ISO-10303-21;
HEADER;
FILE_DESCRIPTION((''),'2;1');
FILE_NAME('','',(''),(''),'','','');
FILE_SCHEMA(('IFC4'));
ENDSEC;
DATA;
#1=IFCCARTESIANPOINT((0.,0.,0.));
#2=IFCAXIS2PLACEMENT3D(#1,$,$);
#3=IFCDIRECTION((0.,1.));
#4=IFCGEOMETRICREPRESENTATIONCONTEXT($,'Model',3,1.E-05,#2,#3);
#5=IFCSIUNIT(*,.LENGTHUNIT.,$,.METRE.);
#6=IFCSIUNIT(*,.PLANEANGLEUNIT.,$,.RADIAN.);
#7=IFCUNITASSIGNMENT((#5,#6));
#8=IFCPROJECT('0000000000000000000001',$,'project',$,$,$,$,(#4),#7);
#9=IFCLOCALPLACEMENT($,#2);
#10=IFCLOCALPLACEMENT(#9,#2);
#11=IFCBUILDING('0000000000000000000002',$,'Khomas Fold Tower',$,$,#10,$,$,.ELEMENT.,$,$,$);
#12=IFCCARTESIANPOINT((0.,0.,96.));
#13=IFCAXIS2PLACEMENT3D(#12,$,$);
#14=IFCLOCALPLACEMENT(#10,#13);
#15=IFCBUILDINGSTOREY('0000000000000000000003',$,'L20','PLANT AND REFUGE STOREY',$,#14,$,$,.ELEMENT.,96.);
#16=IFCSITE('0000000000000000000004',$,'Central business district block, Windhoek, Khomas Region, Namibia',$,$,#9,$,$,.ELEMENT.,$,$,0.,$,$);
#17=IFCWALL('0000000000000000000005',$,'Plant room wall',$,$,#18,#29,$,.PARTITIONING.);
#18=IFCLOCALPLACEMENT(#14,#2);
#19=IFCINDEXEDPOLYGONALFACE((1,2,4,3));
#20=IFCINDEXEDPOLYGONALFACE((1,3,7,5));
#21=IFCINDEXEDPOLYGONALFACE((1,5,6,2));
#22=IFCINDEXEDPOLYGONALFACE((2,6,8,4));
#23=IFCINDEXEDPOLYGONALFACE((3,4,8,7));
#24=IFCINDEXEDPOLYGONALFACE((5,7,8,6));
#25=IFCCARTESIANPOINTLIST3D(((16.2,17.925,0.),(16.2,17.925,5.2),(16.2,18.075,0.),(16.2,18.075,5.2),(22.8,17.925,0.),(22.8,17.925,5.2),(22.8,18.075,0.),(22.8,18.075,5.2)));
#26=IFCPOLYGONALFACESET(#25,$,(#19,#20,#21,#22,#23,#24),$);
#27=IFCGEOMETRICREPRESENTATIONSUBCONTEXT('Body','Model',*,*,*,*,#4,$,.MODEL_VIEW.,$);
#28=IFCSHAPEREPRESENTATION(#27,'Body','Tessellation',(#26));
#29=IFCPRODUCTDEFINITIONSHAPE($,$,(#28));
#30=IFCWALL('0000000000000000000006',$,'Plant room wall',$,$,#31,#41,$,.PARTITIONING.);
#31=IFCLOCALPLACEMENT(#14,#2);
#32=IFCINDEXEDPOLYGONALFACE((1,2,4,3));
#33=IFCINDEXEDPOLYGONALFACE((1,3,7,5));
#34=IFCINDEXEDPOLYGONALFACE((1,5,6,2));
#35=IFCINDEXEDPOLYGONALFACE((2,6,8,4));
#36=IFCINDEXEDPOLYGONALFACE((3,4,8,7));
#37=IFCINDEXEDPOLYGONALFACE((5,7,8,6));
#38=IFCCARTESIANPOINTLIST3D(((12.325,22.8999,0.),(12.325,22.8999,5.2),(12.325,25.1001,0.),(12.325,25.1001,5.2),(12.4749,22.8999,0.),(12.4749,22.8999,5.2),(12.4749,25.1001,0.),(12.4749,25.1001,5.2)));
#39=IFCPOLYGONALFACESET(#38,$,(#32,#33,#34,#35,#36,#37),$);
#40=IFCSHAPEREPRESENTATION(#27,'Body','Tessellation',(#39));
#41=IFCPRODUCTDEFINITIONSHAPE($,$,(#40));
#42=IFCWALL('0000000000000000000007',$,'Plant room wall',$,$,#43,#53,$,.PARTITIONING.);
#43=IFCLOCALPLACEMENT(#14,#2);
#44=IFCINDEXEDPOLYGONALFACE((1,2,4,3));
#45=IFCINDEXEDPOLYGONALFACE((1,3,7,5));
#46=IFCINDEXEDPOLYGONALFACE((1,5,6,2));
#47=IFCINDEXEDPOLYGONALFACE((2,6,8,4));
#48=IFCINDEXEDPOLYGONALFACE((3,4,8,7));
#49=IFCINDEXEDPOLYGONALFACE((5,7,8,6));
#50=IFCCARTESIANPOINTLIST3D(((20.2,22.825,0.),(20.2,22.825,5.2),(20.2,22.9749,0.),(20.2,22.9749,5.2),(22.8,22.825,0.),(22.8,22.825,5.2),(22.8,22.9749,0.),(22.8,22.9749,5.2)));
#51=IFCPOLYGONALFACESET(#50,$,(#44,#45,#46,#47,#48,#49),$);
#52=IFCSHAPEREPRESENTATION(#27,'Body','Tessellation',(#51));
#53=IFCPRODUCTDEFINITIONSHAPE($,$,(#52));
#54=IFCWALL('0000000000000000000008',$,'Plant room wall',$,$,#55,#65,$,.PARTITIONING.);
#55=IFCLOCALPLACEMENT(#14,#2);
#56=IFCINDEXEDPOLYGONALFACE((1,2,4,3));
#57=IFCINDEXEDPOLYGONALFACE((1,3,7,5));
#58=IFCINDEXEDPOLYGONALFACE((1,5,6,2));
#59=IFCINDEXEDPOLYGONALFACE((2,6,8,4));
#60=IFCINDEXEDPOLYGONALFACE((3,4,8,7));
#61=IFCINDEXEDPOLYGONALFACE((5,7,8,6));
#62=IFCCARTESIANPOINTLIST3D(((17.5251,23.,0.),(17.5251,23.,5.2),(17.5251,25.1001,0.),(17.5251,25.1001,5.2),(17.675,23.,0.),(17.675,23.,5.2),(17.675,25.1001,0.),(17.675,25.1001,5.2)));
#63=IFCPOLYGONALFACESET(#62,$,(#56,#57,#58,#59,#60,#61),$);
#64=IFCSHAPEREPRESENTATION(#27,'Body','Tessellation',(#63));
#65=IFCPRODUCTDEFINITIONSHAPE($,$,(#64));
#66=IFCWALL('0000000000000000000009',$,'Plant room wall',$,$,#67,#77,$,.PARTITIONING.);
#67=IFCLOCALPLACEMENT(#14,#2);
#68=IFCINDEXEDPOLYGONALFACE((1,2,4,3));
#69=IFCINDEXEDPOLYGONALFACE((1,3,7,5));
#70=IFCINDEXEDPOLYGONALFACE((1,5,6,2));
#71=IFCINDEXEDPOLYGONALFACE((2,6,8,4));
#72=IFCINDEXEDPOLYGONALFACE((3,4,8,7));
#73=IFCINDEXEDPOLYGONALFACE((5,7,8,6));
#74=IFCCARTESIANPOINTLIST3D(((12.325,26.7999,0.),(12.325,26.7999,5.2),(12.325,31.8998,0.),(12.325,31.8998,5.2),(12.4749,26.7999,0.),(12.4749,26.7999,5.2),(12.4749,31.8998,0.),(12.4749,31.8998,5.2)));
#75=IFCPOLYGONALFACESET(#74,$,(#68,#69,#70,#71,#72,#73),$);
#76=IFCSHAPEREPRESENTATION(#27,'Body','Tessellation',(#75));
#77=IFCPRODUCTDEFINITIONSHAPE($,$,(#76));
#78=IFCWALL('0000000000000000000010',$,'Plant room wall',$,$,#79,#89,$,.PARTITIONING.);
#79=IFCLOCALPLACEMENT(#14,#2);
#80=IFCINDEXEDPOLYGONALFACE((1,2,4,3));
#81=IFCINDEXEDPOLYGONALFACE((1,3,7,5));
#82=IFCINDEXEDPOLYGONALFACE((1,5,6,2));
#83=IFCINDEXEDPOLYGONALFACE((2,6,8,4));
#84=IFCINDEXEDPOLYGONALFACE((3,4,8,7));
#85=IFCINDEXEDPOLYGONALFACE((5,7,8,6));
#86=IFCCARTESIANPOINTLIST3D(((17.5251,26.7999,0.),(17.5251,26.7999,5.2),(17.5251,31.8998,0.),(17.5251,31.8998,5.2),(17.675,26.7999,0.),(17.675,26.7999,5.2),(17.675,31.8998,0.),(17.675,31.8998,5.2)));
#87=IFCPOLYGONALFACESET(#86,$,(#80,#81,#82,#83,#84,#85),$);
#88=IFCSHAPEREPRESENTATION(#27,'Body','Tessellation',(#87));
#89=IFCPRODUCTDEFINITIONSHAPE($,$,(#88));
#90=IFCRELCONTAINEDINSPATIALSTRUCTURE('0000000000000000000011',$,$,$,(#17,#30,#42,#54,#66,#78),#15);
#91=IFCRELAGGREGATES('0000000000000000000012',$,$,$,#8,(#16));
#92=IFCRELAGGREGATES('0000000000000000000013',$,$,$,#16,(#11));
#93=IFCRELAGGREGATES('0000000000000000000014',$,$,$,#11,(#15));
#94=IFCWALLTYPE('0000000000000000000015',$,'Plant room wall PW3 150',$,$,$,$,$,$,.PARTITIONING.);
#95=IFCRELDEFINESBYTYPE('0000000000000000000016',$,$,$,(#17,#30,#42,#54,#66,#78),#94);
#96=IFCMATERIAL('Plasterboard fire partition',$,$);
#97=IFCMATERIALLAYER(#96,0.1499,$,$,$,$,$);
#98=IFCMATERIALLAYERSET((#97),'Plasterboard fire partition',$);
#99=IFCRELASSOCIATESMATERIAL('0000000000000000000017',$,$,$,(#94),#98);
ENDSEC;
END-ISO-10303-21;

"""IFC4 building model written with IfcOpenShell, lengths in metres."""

from ifc_helpers import new_model, si_unit, direction, frame, frame_2d, origin, place, context, subcontext, project, spatial, rectangle, extrude, source, transform, mapped, material, layer, layer_set, type_object, element, save


model = new_model("IFC4")

# Units and contexts
model_context = context("Model", 3, precision=1e-05, world=origin(), true_north=direction((0.0, 1.0)))
body_context = subcontext(model_context, "Body", "Model", "MODEL_VIEW")
ifc_project = project(units=[si_unit("LENGTHUNIT", "METRE"), si_unit("PLANEANGLEUNIT", "RADIAN")], contexts=[model_context])

# Site, building, storey
site_placement = place(None, origin())
site = spatial("IfcSite", under=ifc_project, at=site_placement, Name="Central business district block, Windhoek, Khomas Region, Namibia", CompositionType="ELEMENT", RefElevation=0.0)
building_placement = place(site_placement, origin())
building = spatial("IfcBuilding", under=site, at=building_placement, Name="Khomas Fold Tower", CompositionType="ELEMENT")
storey_placement = place(building_placement, frame((0.0, 0.0, 96.0)))
storey = spatial("IfcBuildingStorey", under=building, at=storey_placement, Name="L20", Description="PLANT AND REFUGE STOREY", CompositionType="ELEMENT", Elevation=96.0)

# Walls
ifc_material_1 = material(Name="Plasterboard fire partition")
ifc_layer_1 = layer(ifc_material_1, 0.1499)
ifc_layer_set_1 = layer_set([ifc_layer_1], Name="Plasterboard fire partition")
wall_type_1 = type_object("IfcWallType", Name="Plant room wall PW3 150", PredefinedType="PARTITIONING", material=ifc_layer_set_1)
shared_shape_1 = source(origin(), body_context, "Body", "SweptSolid", [
    extrude(rectangle(XDim=6.6001, YDim=0.1499, at=frame_2d((3.3, 0.0))), origin(), (0.0, 0.0, 1.0), 5.2),
])
wall_1_placement = place(storey_placement, frame((16.2, 18.0, 0.0), z_axis=(0.0, 0.0, 1.0), x_axis=(1.0, 0.0, 0.0)))
element("IfcWall", 1, at=wall_1_placement, inside=storey, type_object=wall_type_1, Name="Plant room wall", PredefinedType="PARTITIONING", context=body_context, shape_type="MappedRepresentation", body=[
    mapped(shared_shape_1, transform((0.0, 0.0, 0.0))),
])
shared_shape_2 = source(origin(), body_context, "Body", "SweptSolid", [
    extrude(rectangle(XDim=2.2002, YDim=0.1499, at=frame_2d((1.1001, 0.0))), origin(), (0.0, 0.0, 1.0), 5.2),
])
wall_2_placement = place(storey_placement, frame((12.3999, 22.8999, 0.0), z_axis=(0.0, 0.0, 1.0), x_axis=(0.0, 1.0, 0.0)))
element("IfcWall", 2, at=wall_2_placement, inside=storey, type_object=wall_type_1, Name="Plant room wall", PredefinedType="PARTITIONING", context=body_context, shape_type="MappedRepresentation", body=[
    mapped(shared_shape_2, transform((0.0, 0.0, 0.0))),
])
shared_shape_3 = source(origin(), body_context, "Body", "SweptSolid", [
    extrude(rectangle(XDim=2.6001, YDim=0.1499, at=frame_2d((1.3, 0.0))), origin(), (0.0, 0.0, 1.0), 5.2),
])
wall_3_placement = place(storey_placement, frame((20.2, 22.8999, 0.0), z_axis=(0.0, 0.0, 1.0), x_axis=(1.0, 0.0, 0.0)))
element("IfcWall", 3, at=wall_3_placement, inside=storey, type_object=wall_type_1, Name="Plant room wall", PredefinedType="PARTITIONING", context=body_context, shape_type="MappedRepresentation", body=[
    mapped(shared_shape_3, transform((0.0, 0.0, 0.0))),
])
shared_shape_4 = source(origin(), body_context, "Body", "SweptSolid", [
    extrude(rectangle(XDim=2.1001, YDim=0.1499, at=frame_2d((1.05, 0.0))), origin(), (0.0, 0.0, 1.0), 5.2),
])
wall_4_placement = place(storey_placement, frame((17.6001, 23.0, 0.0), z_axis=(0.0, 0.0, 1.0), x_axis=(0.0, 1.0, 0.0)))
element("IfcWall", 4, at=wall_4_placement, inside=storey, type_object=wall_type_1, Name="Plant room wall", PredefinedType="PARTITIONING", context=body_context, shape_type="MappedRepresentation", body=[
    mapped(shared_shape_4, transform((0.0, 0.0, 0.0))),
])
shared_shape_5 = source(origin(), body_context, "Body", "SweptSolid", [
    extrude(rectangle(XDim=5.0999, YDim=0.1499, at=frame_2d((2.5498, 0.0))), origin(), (0.0, 0.0, 1.0), 5.2),
])
for number, where, z_axis, x_axis, name in (
    (5, (12.3999, 26.8, 0.0), (0.0, 0.0, 1.0), (0.0, 1.0, 0.0), "Plant room wall"),
    (6, (17.6001, 26.8, 0.0), (0.0, 0.0, 1.0), (0.0, 1.0, 0.0), "Plant room wall"),
):
    element("IfcWall", number, at=place(storey_placement, frame(where, z_axis=z_axis, x_axis=x_axis)), inside=storey, type_object=wall_type_1, Name=name, PredefinedType="PARTITIONING", context=body_context, shape_type="MappedRepresentation", body=[
        mapped(shared_shape_5, transform((0.0, 0.0, 0.0))),
    ])

save(model, "model.ifc")
